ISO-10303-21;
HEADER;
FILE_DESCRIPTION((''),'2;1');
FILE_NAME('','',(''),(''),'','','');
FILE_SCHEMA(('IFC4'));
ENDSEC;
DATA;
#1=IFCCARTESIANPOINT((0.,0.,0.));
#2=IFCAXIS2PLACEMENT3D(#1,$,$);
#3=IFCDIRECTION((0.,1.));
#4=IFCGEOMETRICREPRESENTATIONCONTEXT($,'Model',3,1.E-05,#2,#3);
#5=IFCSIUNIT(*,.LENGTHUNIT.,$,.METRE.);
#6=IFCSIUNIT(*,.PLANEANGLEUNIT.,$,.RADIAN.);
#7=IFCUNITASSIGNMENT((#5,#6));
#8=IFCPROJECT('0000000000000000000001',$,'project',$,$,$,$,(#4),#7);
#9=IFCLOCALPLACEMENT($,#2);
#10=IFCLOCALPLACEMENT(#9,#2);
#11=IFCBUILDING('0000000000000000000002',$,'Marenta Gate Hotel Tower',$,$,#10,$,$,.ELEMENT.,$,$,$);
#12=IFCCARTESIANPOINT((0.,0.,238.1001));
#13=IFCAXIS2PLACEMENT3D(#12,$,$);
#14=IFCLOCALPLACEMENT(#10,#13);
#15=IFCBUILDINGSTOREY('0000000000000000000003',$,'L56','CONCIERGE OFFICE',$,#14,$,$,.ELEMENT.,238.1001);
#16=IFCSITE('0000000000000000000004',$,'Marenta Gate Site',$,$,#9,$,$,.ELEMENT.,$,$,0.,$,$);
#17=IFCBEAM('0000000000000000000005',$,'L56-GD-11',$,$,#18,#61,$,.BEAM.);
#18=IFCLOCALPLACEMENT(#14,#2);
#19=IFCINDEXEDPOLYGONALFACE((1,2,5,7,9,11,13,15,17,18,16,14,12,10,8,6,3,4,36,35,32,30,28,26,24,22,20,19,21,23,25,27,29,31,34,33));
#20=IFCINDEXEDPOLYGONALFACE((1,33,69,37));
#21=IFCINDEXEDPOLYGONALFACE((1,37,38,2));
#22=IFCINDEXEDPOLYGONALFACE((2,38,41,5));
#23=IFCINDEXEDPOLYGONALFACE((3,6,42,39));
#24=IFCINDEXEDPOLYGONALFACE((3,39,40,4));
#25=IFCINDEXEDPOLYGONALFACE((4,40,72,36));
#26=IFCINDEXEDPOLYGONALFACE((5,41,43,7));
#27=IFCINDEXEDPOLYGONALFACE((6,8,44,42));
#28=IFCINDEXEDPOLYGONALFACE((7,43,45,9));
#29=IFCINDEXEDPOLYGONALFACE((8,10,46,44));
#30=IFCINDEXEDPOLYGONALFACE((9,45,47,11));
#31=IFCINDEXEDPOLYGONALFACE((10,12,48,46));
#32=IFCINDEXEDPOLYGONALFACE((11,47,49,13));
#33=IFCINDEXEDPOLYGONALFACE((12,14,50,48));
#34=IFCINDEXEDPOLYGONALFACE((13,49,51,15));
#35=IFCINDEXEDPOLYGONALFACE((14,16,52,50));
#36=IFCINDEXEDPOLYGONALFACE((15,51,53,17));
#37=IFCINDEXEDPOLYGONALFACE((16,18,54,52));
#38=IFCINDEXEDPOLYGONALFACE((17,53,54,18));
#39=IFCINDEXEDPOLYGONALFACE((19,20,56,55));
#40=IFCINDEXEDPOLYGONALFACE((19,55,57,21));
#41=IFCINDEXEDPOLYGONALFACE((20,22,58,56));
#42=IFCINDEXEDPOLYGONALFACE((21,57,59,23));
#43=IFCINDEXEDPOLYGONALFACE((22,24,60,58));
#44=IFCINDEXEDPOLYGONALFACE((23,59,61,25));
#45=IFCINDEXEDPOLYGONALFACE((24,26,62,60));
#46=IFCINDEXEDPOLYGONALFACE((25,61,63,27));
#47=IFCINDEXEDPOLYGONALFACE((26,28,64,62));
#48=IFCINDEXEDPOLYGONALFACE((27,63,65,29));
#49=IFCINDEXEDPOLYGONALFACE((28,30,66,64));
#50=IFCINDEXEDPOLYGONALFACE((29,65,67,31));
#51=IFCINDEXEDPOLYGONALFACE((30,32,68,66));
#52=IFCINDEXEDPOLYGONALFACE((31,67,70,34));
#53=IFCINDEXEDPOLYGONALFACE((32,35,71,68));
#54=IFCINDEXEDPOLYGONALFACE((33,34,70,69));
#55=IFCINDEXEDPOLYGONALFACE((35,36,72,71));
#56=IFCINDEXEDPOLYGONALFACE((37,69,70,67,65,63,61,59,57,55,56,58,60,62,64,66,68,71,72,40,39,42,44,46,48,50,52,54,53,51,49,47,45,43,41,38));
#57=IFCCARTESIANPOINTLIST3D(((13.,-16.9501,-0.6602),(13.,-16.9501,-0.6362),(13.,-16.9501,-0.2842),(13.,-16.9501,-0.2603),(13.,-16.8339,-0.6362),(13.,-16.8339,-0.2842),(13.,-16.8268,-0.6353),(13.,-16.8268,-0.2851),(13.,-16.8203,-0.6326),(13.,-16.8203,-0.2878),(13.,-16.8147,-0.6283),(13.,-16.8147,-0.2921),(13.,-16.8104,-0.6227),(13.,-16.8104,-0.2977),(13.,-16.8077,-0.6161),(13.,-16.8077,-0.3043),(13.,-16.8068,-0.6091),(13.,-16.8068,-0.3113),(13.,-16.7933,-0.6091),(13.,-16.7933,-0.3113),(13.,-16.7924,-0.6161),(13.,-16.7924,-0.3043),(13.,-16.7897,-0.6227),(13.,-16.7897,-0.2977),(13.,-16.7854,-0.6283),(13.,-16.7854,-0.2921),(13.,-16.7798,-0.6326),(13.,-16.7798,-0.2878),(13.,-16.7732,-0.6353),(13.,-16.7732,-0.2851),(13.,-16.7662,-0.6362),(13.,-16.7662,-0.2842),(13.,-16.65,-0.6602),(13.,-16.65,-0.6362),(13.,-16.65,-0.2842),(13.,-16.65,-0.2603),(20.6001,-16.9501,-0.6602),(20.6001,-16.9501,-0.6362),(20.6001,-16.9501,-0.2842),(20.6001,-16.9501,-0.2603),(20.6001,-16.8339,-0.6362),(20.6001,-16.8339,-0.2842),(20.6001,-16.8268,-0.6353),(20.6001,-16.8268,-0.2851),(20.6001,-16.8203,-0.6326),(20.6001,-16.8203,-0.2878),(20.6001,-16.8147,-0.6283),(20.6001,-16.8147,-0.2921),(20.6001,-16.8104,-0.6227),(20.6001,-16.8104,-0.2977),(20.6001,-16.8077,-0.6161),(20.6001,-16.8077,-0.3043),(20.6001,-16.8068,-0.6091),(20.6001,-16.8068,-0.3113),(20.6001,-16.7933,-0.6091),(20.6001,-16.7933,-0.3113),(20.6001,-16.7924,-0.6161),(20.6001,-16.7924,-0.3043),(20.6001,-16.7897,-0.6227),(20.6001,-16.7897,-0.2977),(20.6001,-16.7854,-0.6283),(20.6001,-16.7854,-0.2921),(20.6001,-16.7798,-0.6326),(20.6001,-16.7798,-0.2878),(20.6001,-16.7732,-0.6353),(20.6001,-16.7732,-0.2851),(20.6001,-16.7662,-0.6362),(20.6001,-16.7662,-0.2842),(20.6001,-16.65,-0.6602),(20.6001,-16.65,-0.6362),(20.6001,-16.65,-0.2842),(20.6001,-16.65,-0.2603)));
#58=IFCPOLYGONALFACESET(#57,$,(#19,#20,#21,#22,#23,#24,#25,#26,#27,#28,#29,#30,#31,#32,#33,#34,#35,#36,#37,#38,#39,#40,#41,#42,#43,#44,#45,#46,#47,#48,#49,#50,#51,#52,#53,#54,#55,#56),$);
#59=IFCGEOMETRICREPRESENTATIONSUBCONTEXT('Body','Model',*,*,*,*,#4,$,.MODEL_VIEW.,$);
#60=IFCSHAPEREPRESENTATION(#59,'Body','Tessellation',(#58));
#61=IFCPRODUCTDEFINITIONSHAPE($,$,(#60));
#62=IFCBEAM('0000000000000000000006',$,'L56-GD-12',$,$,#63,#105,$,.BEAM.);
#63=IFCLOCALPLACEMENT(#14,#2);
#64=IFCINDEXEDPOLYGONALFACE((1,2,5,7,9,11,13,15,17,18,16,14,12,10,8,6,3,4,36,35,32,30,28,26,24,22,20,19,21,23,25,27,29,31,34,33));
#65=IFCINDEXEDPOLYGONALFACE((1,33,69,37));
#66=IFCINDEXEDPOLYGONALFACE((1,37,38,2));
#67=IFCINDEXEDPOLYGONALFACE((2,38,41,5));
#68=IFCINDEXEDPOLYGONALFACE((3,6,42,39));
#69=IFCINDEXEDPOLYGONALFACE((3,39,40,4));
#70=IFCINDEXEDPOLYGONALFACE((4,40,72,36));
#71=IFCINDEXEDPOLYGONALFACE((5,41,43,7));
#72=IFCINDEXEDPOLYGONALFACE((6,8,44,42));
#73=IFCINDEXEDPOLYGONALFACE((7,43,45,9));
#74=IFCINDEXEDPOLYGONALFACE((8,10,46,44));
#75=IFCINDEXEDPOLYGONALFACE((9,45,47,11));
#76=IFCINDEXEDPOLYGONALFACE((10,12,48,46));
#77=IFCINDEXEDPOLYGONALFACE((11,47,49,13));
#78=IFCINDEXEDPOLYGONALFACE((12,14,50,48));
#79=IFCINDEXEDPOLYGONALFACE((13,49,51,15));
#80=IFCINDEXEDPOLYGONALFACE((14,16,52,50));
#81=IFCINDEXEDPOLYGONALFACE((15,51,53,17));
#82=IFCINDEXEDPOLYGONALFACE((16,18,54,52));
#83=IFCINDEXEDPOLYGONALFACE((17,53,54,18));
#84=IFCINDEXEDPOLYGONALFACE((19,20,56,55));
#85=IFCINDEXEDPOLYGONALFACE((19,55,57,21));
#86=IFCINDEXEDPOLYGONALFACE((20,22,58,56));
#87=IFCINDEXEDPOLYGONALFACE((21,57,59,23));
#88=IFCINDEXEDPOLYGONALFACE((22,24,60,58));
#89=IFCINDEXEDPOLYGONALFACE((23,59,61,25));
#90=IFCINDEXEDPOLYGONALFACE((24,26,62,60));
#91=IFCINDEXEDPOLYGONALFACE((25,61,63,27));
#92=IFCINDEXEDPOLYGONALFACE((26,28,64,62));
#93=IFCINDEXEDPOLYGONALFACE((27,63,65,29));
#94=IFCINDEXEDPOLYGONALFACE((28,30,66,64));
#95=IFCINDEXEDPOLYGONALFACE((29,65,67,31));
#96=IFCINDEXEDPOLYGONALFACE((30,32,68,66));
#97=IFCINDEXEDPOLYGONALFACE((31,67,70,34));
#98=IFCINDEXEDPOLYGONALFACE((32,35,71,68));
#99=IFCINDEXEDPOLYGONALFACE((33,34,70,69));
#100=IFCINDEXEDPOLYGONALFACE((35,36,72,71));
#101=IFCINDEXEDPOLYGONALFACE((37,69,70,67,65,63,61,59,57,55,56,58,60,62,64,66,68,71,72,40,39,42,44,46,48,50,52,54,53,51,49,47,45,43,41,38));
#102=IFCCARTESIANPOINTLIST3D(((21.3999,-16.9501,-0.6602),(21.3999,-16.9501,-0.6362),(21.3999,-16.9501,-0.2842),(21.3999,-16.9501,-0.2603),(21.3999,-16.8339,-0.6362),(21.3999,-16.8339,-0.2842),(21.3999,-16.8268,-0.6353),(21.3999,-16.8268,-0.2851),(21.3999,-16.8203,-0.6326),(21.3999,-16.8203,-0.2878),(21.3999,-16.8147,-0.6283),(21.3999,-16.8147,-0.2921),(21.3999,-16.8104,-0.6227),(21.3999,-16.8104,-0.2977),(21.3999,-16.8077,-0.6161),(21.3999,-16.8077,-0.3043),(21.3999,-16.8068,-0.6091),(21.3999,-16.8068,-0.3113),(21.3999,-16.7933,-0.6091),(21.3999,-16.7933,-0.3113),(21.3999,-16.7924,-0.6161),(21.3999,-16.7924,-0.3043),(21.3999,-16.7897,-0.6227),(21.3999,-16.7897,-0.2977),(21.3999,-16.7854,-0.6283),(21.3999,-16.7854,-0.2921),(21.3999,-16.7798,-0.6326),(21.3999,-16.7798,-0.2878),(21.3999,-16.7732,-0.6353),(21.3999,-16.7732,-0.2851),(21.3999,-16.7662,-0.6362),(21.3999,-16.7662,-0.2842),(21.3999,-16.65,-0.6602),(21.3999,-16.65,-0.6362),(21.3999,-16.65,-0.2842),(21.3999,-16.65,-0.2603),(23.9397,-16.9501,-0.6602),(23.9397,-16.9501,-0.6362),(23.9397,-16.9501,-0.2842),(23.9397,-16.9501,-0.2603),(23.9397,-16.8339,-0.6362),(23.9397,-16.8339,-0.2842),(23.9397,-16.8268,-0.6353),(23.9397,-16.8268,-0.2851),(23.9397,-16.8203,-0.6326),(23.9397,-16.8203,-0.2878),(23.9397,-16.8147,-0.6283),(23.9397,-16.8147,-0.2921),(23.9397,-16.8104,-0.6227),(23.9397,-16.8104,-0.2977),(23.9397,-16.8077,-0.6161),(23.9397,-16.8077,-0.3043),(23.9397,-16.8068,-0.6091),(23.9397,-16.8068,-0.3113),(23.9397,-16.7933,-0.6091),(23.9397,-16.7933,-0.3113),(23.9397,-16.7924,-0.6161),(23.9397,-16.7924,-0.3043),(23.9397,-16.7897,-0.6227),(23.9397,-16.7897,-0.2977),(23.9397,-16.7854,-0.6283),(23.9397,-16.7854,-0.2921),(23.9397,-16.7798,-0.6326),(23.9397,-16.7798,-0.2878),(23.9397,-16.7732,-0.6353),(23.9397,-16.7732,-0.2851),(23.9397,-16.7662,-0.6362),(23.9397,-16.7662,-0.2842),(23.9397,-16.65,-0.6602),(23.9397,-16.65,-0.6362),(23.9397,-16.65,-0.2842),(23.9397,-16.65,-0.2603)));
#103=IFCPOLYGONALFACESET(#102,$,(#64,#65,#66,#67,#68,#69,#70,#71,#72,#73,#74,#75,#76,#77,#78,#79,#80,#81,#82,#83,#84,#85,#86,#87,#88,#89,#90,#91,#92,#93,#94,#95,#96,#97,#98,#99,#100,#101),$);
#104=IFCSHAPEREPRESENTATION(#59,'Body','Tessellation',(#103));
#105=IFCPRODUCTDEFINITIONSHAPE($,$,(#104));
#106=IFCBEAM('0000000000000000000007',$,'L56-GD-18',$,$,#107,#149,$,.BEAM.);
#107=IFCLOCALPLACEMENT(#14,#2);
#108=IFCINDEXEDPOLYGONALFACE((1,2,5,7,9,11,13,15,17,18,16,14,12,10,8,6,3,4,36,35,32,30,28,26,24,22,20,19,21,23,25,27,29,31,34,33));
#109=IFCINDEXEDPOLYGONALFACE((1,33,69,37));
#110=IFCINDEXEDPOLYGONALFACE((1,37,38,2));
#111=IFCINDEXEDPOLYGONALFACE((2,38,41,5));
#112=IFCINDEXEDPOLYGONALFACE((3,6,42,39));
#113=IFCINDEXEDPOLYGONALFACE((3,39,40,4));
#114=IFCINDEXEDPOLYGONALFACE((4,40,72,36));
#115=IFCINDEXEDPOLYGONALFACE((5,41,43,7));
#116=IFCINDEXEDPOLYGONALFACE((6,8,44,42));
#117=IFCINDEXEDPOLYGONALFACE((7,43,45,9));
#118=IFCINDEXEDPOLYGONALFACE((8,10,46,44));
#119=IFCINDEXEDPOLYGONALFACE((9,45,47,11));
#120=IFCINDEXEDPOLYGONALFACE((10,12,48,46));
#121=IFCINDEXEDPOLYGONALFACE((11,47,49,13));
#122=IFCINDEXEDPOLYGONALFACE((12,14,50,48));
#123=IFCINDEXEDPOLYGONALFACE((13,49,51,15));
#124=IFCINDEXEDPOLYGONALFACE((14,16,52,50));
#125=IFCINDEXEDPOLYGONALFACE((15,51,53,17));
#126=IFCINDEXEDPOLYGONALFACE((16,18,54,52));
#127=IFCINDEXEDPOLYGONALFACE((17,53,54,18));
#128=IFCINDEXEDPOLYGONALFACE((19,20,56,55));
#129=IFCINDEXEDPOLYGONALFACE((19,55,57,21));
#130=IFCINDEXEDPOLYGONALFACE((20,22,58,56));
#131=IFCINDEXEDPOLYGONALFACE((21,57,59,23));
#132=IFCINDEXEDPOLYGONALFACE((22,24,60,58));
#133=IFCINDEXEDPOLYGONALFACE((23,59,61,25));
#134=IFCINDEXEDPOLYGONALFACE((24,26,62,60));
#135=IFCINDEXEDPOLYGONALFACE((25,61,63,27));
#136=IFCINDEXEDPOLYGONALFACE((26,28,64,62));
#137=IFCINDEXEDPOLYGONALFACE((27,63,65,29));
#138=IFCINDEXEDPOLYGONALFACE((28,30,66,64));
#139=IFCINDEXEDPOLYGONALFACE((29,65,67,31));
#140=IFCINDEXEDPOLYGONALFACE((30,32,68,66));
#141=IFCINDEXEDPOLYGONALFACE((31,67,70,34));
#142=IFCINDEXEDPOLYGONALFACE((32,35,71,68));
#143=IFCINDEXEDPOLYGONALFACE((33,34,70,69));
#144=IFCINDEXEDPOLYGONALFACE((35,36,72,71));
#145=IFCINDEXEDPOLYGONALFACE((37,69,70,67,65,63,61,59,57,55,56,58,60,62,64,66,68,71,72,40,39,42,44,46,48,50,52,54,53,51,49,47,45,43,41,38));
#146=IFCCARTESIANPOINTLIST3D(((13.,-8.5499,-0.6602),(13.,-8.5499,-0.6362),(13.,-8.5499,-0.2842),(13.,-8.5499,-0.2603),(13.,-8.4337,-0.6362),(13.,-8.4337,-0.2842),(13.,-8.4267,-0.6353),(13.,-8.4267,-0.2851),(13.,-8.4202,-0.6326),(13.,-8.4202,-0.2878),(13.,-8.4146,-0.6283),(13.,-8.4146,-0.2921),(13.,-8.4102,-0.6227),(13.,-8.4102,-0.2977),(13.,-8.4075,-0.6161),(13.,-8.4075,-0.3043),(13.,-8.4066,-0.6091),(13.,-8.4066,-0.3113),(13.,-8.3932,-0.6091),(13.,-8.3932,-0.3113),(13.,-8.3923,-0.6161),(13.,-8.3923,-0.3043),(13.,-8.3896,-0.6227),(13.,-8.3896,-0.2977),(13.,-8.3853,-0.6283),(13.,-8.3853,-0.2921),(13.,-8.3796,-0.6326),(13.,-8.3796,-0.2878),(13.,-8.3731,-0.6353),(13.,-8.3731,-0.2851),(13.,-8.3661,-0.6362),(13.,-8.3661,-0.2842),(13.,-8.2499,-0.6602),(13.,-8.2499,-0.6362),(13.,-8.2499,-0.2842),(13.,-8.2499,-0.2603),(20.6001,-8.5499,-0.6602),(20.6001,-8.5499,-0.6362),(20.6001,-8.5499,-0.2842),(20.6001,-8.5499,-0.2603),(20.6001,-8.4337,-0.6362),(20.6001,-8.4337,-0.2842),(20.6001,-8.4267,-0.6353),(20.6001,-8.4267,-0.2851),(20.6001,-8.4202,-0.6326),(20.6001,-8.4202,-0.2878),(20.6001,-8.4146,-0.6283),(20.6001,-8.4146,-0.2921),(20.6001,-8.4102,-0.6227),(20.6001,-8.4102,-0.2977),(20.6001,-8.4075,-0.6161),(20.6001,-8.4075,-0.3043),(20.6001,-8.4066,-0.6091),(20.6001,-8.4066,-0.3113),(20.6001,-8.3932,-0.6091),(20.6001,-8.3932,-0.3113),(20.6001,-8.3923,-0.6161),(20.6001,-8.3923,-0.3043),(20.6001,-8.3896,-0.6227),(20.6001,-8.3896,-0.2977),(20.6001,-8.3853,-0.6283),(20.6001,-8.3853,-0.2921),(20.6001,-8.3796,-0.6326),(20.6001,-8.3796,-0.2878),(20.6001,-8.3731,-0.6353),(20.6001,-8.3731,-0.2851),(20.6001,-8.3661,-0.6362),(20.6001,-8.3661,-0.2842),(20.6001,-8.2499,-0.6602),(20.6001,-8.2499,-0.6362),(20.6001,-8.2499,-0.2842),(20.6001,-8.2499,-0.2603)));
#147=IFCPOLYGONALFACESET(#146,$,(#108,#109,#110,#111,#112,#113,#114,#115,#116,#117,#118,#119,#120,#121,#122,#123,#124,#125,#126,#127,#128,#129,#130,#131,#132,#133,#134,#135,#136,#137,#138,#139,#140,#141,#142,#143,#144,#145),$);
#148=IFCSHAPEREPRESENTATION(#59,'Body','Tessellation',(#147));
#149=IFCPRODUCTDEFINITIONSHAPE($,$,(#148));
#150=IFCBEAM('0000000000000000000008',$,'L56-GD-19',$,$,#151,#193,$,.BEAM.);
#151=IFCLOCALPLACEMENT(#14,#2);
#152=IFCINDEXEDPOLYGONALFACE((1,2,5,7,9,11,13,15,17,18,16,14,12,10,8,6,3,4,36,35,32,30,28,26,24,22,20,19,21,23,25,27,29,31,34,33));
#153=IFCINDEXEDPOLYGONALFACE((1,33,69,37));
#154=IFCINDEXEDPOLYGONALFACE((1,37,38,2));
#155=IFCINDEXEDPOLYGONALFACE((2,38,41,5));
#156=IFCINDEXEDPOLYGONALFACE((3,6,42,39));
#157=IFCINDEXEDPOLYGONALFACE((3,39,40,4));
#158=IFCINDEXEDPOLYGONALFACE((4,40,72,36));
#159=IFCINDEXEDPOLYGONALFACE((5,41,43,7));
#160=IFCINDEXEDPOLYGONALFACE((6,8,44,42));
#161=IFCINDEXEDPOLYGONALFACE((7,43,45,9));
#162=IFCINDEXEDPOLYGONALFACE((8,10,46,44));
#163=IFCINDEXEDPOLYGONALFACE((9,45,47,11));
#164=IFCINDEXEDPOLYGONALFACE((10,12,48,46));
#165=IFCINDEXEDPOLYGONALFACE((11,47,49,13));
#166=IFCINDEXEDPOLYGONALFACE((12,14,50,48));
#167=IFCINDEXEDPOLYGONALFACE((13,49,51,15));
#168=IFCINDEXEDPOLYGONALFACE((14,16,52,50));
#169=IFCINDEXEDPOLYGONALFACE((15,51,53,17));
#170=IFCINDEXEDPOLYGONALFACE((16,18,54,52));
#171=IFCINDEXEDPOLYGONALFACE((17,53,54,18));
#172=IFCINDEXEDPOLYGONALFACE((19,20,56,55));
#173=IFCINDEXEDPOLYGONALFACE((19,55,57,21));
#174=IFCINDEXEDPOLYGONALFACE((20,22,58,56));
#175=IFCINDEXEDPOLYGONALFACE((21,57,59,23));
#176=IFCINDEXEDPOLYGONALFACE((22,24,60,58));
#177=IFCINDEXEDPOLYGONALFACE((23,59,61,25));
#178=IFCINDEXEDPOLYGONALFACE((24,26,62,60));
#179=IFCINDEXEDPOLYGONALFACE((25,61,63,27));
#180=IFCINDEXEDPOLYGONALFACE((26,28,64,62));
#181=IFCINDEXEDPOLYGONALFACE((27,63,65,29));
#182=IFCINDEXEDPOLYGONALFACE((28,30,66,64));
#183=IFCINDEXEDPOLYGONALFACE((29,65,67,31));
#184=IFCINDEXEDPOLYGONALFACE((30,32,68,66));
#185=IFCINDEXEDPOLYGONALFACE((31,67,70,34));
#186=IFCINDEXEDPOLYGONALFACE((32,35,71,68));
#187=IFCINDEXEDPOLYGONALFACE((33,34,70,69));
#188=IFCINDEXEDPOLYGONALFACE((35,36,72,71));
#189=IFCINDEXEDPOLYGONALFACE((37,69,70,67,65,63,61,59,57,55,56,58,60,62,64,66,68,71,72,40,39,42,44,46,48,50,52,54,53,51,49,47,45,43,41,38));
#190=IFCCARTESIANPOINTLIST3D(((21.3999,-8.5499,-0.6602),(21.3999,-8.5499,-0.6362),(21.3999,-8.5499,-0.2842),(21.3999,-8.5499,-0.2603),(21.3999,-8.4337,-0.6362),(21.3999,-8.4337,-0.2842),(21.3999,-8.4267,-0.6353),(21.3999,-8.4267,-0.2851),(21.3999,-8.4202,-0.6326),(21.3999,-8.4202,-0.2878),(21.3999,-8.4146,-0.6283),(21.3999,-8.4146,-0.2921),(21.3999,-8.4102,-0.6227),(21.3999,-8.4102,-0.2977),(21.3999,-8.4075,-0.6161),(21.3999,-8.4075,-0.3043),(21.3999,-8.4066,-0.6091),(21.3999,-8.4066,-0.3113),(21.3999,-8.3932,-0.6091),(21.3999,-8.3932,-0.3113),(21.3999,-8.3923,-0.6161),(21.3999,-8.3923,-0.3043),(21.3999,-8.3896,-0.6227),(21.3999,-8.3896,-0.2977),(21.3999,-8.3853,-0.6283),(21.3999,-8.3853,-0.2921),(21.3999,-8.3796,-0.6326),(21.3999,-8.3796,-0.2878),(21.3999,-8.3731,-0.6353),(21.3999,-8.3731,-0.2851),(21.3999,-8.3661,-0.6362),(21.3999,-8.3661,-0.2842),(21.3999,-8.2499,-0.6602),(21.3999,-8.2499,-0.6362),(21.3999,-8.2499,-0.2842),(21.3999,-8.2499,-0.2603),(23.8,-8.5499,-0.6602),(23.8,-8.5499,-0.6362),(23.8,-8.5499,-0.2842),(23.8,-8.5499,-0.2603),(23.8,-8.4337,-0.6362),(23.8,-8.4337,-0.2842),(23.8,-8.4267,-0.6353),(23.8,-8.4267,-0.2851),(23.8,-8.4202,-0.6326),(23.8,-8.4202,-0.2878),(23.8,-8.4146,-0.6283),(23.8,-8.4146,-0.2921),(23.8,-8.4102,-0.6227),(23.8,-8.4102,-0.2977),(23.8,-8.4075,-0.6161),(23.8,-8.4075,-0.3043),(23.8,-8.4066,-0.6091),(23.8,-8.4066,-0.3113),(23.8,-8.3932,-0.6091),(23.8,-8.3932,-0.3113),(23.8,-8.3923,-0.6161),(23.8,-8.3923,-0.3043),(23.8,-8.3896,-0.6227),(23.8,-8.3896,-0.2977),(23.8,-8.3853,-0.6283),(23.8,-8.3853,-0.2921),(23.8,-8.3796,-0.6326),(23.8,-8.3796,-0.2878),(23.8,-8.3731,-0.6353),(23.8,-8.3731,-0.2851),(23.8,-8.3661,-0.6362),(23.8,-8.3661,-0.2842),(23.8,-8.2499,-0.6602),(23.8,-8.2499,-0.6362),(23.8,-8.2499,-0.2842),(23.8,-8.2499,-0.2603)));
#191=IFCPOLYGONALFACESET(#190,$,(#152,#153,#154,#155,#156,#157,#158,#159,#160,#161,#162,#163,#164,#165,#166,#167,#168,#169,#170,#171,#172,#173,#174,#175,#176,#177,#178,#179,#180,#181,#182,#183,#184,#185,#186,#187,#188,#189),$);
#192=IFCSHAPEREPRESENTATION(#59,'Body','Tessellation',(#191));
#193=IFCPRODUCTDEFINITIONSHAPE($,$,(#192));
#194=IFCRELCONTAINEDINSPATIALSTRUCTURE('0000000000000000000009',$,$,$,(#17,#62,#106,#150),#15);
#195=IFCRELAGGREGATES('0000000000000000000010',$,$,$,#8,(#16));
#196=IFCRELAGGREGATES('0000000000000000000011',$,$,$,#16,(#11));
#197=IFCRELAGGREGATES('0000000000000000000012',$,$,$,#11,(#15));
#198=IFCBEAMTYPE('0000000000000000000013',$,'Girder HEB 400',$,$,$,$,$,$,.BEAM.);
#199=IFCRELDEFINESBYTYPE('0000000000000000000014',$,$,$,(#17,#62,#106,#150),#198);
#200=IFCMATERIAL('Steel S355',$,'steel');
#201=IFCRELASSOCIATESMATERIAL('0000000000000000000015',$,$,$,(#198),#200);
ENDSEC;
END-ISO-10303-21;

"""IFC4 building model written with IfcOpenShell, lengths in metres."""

from ifc_helpers import new_model, si_unit, direction, frame, origin, origin_2d, place, context, subcontext, project, spatial, i_section, extrude, material, material_profile, profile_set, type_object, element, save


model = new_model("IFC4")

# Units and contexts
model_context = context("Model", 3, precision=1e-05, world=origin(), true_north=direction((0.0, 1.0)))
body_context = subcontext(model_context, "Body", "Model", "MODEL_VIEW")
ifc_project = project(units=[si_unit("LENGTHUNIT", "METRE"), si_unit("PLANEANGLEUNIT", "RADIAN")], contexts=[model_context])

# Site, building, storey
site_placement = place(None, origin())
site = spatial("IfcSite", under=ifc_project, at=site_placement, Name="Marenta Gate Site", CompositionType="ELEMENT", RefElevation=0.0)
building_placement = place(site_placement, origin())
building = spatial("IfcBuilding", under=site, at=building_placement, Name="Marenta Gate Hotel Tower", CompositionType="ELEMENT")
storey_placement = place(building_placement, frame((0.0, 0.0, 238.1001)))
storey = spatial("IfcBuildingStorey", under=building, at=storey_placement, Name="L56", Description="CONCIERGE OFFICE", CompositionType="ELEMENT", Elevation=238.1001)

# Beams
ifc_material_1 = material(Name="Steel S355", Category="steel")
ifc_material_profile_1 = material_profile(ifc_material_1, i_section(OverallWidth=0.3, OverallDepth=0.3999, WebThickness=0.0134, FlangeThickness=0.0239, FilletRadius=0.0271, at=origin_2d()), Name="HEB 400")
ifc_profile_set_1 = profile_set([ifc_material_profile_1], Name="Steel S355")
beam_type_1 = type_object("IfcBeamType", Name="Girder HEB 400", PredefinedType="BEAM", material=ifc_profile_set_1)
beam_1_placement = place(storey_placement, frame((13.0, -16.8, -0.4602), z_axis=(1.0, 0.0, 0.0), x_axis=(0.0, 1.0, 0.0)))
element("IfcBeam", 1, at=beam_1_placement, inside=storey, type_object=beam_type_1, Name="L56-GD-11", PredefinedType="BEAM", context=body_context, shape_type="SweptSolid", body=[
    extrude(i_section(OverallWidth=0.3, OverallDepth=0.3999, WebThickness=0.0134, FlangeThickness=0.0239, FilletRadius=0.0271, at=origin_2d()), origin(), (0.0, 0.0, 1.0), 7.6001),
])
beam_2_placement = place(storey_placement, frame((21.3999, -16.8, -0.4602), z_axis=(1.0, 0.0, 0.0), x_axis=(0.0, 1.0, 0.0)))
element("IfcBeam", 2, at=beam_2_placement, inside=storey, type_object=beam_type_1, Name="L56-GD-12", PredefinedType="BEAM", context=body_context, shape_type="SweptSolid", body=[
    extrude(i_section(OverallWidth=0.3, OverallDepth=0.3999, WebThickness=0.0134, FlangeThickness=0.0239, FilletRadius=0.0271, at=origin_2d()), origin(), (0.0, 0.0, 1.0), 2.5398),
])
beam_3_placement = place(storey_placement, frame((13.0, -8.3999, -0.4602), z_axis=(1.0, 0.0, 0.0), x_axis=(0.0, 1.0, 0.0)))
element("IfcBeam", 3, at=beam_3_placement, inside=storey, type_object=beam_type_1, Name="L56-GD-18", PredefinedType="BEAM", context=body_context, shape_type="SweptSolid", body=[
    extrude(i_section(OverallWidth=0.3, OverallDepth=0.3999, WebThickness=0.0134, FlangeThickness=0.0239, FilletRadius=0.0271, at=origin_2d()), origin(), (0.0, 0.0, 1.0), 7.6001),
])
beam_4_placement = place(storey_placement, frame((21.3999, -8.3999, -0.4602), z_axis=(1.0, 0.0, 0.0), x_axis=(0.0, 1.0, 0.0)))
element("IfcBeam", 4, at=beam_4_placement, inside=storey, type_object=beam_type_1, Name="L56-GD-19", PredefinedType="BEAM", context=body_context, shape_type="SweptSolid", body=[
    extrude(i_section(OverallWidth=0.3, OverallDepth=0.3999, WebThickness=0.0134, FlangeThickness=0.0239, FilletRadius=0.0271, at=origin_2d()), origin(), (0.0, 0.0, 1.0), 2.4001),
])

save(model, "model.ifc")
